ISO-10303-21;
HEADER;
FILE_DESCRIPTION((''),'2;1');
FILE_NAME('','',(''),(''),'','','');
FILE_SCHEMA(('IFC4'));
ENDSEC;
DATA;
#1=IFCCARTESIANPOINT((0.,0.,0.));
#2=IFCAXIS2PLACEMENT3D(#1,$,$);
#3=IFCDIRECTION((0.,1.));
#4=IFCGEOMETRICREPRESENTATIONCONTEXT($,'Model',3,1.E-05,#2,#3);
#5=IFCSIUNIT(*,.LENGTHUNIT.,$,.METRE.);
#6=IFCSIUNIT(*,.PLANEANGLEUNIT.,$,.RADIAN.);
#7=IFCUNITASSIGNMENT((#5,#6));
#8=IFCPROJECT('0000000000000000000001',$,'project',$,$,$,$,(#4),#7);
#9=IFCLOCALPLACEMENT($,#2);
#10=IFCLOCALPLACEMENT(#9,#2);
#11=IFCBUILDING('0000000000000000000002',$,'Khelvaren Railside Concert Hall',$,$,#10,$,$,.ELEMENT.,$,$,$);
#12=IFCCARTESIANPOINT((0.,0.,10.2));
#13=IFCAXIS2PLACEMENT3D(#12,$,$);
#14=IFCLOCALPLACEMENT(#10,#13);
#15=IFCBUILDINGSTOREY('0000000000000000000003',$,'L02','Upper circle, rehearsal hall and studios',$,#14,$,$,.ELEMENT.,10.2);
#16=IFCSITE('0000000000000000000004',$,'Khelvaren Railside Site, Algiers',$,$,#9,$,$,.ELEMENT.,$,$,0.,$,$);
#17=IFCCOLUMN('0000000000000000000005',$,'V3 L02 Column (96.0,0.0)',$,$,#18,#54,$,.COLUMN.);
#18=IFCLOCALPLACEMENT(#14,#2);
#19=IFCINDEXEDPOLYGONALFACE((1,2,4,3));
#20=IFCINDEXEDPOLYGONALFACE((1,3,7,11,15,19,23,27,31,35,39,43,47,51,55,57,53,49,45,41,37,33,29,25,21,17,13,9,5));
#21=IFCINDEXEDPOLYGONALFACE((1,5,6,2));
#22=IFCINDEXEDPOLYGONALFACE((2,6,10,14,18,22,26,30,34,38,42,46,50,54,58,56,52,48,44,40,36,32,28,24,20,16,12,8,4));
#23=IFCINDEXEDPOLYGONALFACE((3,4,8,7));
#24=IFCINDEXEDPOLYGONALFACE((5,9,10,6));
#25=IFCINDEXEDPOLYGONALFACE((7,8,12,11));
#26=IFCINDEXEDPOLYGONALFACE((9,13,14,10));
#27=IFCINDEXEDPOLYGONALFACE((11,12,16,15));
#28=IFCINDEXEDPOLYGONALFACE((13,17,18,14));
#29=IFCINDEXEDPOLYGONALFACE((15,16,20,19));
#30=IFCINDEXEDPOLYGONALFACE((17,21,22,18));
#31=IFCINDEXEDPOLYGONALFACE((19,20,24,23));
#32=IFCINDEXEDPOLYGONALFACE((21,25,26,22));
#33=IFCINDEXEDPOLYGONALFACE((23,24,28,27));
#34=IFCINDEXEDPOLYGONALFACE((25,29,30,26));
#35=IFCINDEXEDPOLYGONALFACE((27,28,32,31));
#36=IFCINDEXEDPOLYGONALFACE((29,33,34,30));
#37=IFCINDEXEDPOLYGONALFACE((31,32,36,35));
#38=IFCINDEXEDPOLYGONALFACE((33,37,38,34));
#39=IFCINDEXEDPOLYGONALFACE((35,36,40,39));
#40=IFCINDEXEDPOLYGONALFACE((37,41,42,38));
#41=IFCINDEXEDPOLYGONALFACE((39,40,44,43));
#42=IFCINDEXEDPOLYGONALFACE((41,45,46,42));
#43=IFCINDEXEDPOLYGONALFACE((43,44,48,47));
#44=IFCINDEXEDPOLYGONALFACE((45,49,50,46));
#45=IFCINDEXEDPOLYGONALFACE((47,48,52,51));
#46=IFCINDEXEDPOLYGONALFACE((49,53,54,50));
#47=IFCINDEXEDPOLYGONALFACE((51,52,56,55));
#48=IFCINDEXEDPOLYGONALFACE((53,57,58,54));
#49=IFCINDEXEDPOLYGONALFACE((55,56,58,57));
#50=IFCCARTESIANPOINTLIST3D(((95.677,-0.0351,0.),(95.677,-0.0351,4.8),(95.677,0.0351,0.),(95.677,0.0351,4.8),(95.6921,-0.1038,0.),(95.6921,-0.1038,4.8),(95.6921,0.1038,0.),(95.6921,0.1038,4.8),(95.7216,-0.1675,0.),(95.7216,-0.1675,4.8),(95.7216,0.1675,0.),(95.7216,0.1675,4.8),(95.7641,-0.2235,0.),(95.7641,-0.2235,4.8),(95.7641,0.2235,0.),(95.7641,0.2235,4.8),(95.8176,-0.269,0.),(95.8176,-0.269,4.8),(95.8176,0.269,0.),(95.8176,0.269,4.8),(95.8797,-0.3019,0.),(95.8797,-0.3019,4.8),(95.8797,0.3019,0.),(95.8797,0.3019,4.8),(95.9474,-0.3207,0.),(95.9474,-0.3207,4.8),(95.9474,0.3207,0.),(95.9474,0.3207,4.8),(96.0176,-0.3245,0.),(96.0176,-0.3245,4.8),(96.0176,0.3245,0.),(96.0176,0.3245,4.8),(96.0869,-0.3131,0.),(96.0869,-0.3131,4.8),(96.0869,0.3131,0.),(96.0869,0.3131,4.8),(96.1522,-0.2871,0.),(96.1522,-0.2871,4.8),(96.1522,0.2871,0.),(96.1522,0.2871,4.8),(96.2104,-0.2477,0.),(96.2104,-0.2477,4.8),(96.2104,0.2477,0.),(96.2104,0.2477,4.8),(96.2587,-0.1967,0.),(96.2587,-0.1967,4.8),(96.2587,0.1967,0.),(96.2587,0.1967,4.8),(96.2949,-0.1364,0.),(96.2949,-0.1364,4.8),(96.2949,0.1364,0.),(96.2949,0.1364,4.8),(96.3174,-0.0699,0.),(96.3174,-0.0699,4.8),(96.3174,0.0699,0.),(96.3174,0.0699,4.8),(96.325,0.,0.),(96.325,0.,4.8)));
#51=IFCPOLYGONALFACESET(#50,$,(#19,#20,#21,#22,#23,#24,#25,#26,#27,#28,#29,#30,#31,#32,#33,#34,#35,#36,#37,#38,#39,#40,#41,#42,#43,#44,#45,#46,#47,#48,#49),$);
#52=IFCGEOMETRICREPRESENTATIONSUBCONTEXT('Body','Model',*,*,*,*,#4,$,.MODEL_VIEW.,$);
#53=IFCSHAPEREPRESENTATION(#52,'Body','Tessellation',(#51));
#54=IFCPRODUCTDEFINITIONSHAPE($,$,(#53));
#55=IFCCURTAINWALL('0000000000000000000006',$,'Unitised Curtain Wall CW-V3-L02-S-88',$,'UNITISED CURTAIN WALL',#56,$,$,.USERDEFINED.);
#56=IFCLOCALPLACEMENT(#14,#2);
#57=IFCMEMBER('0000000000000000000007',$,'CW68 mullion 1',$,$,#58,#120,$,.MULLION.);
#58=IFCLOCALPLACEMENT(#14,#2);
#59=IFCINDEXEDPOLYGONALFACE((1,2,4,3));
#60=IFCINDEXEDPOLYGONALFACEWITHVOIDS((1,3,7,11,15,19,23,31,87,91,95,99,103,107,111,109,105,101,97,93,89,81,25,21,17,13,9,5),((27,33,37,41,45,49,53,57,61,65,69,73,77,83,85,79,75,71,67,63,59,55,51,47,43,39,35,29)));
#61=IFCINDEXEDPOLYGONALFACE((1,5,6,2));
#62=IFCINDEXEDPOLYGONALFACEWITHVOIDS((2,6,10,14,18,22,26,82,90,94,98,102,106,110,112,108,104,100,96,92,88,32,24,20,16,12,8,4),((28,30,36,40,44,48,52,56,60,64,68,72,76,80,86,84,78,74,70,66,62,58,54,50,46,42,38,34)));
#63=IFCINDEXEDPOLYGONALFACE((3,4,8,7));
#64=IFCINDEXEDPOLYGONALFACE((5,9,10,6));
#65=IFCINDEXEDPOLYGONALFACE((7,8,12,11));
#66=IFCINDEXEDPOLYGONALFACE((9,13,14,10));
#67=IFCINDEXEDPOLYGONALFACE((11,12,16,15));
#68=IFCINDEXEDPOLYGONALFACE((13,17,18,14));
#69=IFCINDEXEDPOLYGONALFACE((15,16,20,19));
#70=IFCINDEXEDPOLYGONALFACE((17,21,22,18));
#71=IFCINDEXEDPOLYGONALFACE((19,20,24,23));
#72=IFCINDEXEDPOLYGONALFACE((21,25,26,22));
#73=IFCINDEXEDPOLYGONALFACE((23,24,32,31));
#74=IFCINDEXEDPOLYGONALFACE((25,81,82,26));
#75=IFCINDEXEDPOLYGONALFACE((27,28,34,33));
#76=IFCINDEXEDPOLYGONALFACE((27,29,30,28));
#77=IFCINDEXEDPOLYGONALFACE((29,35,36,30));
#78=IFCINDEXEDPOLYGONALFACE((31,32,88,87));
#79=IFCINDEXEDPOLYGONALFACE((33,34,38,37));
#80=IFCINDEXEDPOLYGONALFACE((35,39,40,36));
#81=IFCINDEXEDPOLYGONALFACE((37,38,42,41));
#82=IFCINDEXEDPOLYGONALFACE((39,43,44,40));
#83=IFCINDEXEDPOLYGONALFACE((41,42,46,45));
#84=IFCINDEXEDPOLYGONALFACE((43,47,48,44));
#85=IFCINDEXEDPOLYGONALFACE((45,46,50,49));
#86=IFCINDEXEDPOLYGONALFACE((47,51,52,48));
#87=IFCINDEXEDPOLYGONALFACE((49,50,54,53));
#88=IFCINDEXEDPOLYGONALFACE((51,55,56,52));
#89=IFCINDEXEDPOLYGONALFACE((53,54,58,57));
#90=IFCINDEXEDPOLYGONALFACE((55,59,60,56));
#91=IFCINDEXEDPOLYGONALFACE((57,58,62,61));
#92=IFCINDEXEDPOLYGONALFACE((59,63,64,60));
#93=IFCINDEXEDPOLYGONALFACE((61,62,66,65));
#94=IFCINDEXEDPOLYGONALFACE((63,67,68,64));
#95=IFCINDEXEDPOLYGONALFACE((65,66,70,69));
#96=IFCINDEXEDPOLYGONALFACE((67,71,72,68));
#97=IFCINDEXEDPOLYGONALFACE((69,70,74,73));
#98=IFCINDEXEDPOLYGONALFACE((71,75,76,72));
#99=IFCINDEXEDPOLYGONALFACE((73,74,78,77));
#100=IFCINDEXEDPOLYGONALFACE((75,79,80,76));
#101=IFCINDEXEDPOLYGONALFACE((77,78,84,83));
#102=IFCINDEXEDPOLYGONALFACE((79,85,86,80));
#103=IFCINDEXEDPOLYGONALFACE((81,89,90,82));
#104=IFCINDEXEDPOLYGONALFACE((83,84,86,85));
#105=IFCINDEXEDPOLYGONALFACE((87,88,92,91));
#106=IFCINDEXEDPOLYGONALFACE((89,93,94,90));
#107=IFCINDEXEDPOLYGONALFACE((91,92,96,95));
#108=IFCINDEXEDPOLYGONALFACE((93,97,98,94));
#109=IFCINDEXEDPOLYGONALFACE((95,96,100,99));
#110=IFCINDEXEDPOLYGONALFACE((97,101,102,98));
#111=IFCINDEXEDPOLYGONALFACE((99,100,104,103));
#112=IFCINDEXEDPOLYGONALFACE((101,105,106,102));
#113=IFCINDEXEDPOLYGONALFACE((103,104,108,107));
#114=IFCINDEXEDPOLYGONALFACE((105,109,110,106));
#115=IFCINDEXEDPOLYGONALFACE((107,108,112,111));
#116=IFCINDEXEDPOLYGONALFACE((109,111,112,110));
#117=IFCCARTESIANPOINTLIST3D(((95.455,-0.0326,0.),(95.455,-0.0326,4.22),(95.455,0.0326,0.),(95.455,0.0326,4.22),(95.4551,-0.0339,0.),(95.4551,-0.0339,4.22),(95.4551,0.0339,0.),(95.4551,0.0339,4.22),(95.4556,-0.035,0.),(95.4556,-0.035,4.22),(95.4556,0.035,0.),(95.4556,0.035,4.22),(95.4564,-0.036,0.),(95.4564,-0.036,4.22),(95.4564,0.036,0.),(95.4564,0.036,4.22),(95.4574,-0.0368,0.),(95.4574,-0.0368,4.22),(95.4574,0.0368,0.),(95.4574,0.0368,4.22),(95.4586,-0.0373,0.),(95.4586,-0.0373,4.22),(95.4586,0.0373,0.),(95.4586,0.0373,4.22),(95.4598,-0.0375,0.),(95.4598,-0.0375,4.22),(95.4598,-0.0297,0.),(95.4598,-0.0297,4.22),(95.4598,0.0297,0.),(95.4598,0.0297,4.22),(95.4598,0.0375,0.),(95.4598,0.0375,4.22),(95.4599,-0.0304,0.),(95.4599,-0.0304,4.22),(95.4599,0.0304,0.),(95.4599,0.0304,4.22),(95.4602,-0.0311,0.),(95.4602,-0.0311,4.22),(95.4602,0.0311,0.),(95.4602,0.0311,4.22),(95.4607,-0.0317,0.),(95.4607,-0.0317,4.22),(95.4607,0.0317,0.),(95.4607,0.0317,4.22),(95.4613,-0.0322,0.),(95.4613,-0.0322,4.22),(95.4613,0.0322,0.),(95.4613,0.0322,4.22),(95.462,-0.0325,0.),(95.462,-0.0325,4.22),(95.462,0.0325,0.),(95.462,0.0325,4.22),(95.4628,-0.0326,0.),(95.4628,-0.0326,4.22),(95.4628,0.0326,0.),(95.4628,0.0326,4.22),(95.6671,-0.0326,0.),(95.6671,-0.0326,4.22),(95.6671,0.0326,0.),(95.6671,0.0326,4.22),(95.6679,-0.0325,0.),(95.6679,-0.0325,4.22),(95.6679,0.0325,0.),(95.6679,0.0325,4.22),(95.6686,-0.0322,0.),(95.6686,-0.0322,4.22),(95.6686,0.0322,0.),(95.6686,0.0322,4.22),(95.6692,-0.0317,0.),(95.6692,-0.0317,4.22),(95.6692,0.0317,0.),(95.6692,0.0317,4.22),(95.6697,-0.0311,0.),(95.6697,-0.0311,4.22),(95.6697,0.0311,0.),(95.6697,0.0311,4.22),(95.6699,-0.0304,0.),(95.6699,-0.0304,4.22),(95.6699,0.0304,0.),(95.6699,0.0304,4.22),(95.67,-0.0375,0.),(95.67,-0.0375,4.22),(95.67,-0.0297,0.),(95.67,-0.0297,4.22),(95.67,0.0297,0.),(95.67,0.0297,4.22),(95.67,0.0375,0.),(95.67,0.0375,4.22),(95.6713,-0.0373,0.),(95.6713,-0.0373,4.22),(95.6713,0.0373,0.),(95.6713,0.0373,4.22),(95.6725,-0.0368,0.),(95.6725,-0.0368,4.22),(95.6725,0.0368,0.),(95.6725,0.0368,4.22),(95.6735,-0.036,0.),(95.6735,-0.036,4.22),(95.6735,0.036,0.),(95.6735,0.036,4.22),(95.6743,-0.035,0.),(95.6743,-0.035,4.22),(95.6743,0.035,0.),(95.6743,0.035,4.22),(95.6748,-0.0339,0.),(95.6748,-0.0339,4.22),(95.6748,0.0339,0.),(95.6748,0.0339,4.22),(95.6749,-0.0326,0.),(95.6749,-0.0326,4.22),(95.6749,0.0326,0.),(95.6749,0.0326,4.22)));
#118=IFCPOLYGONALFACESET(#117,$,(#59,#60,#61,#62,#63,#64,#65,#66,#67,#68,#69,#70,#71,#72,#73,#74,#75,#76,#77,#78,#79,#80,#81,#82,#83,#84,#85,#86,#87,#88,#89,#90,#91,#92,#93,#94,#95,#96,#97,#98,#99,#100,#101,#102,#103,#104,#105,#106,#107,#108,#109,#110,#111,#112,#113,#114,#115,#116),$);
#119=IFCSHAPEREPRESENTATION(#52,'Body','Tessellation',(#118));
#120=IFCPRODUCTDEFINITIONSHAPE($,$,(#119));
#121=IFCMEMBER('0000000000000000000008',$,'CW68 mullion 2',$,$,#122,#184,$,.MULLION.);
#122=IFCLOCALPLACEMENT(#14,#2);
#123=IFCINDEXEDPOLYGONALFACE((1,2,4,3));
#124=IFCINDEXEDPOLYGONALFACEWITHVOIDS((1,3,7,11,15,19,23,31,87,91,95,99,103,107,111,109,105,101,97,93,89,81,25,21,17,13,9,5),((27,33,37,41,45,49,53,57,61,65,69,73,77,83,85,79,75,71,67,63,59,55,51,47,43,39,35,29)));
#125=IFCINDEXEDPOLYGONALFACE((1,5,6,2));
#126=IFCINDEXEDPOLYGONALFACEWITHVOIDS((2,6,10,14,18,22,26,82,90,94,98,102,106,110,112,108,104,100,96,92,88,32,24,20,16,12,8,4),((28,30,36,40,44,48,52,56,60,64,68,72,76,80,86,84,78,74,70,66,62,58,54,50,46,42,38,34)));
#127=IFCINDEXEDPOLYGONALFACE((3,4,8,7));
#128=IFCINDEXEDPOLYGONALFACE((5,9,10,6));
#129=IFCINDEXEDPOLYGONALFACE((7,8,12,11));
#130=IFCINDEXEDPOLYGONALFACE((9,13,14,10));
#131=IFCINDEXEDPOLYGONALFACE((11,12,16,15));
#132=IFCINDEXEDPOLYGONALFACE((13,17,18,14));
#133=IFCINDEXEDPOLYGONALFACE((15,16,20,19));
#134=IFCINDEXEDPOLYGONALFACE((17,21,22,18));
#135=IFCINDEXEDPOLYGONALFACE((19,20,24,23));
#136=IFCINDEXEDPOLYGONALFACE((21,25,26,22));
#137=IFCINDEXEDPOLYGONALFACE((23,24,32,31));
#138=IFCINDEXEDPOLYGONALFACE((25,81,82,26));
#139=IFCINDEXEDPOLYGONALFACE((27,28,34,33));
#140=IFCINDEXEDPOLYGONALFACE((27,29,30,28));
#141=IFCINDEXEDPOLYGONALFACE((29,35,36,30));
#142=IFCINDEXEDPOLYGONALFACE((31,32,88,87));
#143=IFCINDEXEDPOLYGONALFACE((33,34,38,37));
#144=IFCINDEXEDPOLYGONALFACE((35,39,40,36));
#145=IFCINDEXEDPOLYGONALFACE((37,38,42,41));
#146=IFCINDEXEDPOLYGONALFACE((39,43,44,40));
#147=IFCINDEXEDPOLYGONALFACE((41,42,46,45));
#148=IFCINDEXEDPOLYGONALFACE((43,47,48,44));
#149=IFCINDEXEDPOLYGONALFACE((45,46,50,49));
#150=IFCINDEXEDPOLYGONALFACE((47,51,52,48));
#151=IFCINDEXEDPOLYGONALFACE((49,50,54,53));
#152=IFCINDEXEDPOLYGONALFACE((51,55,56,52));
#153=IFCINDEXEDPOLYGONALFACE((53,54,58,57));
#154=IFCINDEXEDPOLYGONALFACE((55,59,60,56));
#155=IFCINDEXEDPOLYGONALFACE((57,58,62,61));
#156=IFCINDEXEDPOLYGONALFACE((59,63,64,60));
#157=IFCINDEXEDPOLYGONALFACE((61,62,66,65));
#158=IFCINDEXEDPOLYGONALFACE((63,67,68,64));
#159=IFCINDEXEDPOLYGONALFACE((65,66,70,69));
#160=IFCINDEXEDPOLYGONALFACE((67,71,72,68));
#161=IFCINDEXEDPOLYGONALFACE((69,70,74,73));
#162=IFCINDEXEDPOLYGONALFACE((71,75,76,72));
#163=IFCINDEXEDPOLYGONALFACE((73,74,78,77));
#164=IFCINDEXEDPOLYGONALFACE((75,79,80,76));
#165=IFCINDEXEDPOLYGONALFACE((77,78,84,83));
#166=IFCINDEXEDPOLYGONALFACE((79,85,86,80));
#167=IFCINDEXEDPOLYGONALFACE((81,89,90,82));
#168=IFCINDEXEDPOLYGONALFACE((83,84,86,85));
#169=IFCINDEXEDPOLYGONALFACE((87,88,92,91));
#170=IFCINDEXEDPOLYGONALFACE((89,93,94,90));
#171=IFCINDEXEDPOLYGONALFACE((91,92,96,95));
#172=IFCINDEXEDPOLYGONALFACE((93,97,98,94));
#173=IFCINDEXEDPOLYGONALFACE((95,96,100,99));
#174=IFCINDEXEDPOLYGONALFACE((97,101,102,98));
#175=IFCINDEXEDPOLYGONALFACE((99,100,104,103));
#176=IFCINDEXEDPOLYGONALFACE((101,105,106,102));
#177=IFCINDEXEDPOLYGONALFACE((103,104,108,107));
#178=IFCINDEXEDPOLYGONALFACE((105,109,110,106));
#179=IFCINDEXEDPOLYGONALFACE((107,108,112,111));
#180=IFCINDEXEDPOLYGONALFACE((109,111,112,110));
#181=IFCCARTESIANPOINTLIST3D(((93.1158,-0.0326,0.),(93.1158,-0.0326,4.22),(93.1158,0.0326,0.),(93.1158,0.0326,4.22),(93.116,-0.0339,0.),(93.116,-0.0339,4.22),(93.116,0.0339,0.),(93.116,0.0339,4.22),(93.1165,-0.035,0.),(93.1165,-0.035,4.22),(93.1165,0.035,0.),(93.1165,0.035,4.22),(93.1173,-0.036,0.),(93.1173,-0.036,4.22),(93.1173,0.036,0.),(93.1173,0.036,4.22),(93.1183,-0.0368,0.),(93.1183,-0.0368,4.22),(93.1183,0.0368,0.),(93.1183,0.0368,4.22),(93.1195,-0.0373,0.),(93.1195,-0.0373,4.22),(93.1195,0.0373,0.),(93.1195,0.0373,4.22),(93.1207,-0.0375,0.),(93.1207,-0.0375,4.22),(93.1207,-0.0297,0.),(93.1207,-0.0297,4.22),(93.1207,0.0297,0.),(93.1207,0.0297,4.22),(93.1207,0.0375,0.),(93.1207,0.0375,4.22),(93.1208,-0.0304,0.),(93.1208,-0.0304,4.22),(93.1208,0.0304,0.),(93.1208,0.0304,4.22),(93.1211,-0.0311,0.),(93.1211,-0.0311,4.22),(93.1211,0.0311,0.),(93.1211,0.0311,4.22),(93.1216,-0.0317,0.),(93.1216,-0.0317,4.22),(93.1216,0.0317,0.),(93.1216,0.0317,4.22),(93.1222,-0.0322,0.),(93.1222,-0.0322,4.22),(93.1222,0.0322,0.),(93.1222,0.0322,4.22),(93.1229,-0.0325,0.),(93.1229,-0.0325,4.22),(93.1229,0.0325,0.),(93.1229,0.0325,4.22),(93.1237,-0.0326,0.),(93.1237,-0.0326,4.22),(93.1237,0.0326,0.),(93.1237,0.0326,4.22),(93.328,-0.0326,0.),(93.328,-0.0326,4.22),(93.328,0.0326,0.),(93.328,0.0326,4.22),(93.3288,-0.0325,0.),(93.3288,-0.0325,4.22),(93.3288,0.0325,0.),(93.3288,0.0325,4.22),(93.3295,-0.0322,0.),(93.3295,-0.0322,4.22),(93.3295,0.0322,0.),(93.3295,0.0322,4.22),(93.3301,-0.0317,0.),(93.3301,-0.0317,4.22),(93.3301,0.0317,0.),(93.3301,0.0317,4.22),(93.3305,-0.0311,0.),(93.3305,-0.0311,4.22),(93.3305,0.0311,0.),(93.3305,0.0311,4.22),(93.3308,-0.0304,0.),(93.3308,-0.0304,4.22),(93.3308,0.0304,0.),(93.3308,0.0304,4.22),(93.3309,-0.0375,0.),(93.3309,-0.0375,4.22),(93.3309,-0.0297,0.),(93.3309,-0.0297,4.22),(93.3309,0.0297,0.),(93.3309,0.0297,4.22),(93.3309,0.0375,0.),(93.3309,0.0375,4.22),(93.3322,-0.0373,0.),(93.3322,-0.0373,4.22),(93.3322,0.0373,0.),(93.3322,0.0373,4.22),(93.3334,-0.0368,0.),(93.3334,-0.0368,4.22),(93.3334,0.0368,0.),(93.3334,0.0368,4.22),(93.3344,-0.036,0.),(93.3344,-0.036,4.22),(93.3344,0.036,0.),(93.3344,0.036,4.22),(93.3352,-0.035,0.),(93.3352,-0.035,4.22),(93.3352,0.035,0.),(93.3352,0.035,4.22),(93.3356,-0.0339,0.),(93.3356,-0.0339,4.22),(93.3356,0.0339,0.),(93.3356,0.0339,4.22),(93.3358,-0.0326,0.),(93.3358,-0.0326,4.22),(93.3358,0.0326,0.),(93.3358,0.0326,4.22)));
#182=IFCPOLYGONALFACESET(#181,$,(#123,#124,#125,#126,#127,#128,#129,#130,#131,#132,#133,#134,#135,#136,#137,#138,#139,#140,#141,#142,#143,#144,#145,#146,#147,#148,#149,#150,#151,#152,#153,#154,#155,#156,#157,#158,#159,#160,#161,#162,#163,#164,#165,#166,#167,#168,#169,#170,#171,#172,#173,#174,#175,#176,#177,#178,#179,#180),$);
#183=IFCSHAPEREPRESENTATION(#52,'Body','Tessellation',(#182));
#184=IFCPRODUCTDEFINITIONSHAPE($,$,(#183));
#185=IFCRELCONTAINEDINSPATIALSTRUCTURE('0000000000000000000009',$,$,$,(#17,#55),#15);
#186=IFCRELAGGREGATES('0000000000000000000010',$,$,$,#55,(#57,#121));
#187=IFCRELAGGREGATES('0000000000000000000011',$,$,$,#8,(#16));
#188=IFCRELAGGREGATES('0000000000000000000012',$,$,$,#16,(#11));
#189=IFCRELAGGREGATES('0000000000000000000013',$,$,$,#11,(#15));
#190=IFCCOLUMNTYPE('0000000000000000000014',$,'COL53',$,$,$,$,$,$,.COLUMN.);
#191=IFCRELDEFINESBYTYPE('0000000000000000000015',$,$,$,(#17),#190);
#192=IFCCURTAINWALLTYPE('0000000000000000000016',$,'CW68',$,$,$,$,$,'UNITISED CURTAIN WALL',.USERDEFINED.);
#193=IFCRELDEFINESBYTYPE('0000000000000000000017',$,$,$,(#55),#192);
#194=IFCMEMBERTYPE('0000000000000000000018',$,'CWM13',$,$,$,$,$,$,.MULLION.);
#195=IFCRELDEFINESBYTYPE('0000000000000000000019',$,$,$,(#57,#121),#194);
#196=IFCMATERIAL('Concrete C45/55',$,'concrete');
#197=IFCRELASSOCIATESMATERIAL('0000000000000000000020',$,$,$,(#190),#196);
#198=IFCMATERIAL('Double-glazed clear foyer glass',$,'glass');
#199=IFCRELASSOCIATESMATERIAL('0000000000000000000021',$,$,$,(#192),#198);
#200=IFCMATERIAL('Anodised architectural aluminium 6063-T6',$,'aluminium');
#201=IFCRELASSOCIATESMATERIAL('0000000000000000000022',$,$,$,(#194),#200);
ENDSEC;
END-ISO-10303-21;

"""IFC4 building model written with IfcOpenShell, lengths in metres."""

from ifc_helpers import new_model, si_unit, direction, frame, origin, origin_2d, place, context, subcontext, project, spatial, hollow_rectangle, circle, extrude, material, material_profile, profile_set, type_object, element, aggregate, save


model = new_model("IFC4")

# Units and contexts
model_context = context("Model", 3, precision=1e-05, world=origin(), true_north=direction((0.0, 1.0)))
body_context = subcontext(model_context, "Body", "Model", "MODEL_VIEW")
ifc_project = project(units=[si_unit("LENGTHUNIT", "METRE"), si_unit("PLANEANGLEUNIT", "RADIAN")], contexts=[model_context])

# Site, building, storey
site_placement = place(None, origin())
site = spatial("IfcSite", under=ifc_project, at=site_placement, Name="Khelvaren Railside Site, Algiers", CompositionType="ELEMENT", RefElevation=0.0)
building_placement = place(site_placement, origin())
building = spatial("IfcBuilding", under=site, at=building_placement, Name="Khelvaren Railside Concert Hall", CompositionType="ELEMENT")
storey_placement = place(building_placement, frame((0.0, 0.0, 10.2)))
storey = spatial("IfcBuildingStorey", under=building, at=storey_placement, Name="L02", Description="Upper circle, rehearsal hall and studios", CompositionType="ELEMENT", Elevation=10.2)

# Column
ifc_material_1 = material(Name="Concrete C45/55", Category="concrete")
ifc_material_profile_1 = material_profile(ifc_material_1, circle(Radius=0.325, at=origin_2d()), Name="RC D650")
ifc_profile_set_1 = profile_set([ifc_material_profile_1], Name="Concrete C45/55")
column_type = type_object("IfcColumnType", Name="COL53", PredefinedType="COLUMN", material=ifc_profile_set_1)
column_placement = place(storey_placement, frame((96.0, 0.0, 0.0), z_axis=(0.0, 0.0, 1.0), x_axis=(1.0, 0.0, 0.0)))
element("IfcColumn", 1, at=column_placement, inside=storey, type_object=column_type, Name="V3 L02 Column (96.0,0.0)", PredefinedType="COLUMN", context=body_context, shape_type="SweptSolid", body=[
    extrude(circle(Radius=0.325, at=origin_2d()), origin(), (0.0, 0.0, 1.0), 4.8),
])

# Curtain wall, members
ifc_material_2 = material(Name="Double-glazed clear foyer glass", Category="glass")
curtain_wall_type = type_object("IfcCurtainWallType", Name="CW68", ElementType="UNITISED CURTAIN WALL", PredefinedType="USERDEFINED", material=ifc_material_2)
curtain_wall_placement = place(storey_placement, origin())
curtain_wall = element("IfcCurtainWall", 2, at=curtain_wall_placement, inside=storey, type_object=curtain_wall_type, Name="Unitised Curtain Wall CW-V3-L02-S-88", ObjectType="UNITISED CURTAIN WALL", PredefinedType="USERDEFINED")
ifc_material_3 = material(Name="Anodised architectural aluminium 6063-T6", Category="aluminium")
ifc_material_profile_2 = material_profile(ifc_material_3, hollow_rectangle(XDim=0.075, YDim=0.22, WallThickness=0.0049, InnerFilletRadius=0.0029, OuterFilletRadius=0.0049, at=origin_2d()), Name="CWM 75x220x5")
ifc_profile_set_2 = profile_set([ifc_material_profile_2], Name="Anodised architectural aluminium 6063-T6")
member_type_1 = type_object("IfcMemberType", Name="CWM13", PredefinedType="MULLION", material=ifc_profile_set_2)
member_1_placement = place(storey_placement, frame((95.5649, 0.0, 0.0), z_axis=(0.0, 0.0, 1.0), x_axis=(0.0, -1.0, 0.0)))
member_1 = element("IfcMember", 3, at=member_1_placement, type_object=member_type_1, Name="CW68 mullion 1", PredefinedType="MULLION", context=body_context, shape_type="SweptSolid", body=[
    extrude(hollow_rectangle(XDim=0.075, YDim=0.22, WallThickness=0.0049, InnerFilletRadius=0.0029, OuterFilletRadius=0.0049, at=origin_2d()), origin(), (0.0, 0.0, 1.0), 4.22),
])
member_2_placement = place(storey_placement, frame((93.2258, 0.0, 0.0), z_axis=(0.0, 0.0, 1.0), x_axis=(0.0, -1.0, 0.0)))
member_2 = element("IfcMember", 4, at=member_2_placement, type_object=member_type_1, Name="CW68 mullion 2", PredefinedType="MULLION", context=body_context, shape_type="SweptSolid", body=[
    extrude(hollow_rectangle(XDim=0.075, YDim=0.22, WallThickness=0.0049, InnerFilletRadius=0.0029, OuterFilletRadius=0.0049, at=origin_2d()), origin(), (0.0, 0.0, 1.0), 4.22),
])
aggregate(curtain_wall, [member_1, member_2])

save(model, "model.ifc")
